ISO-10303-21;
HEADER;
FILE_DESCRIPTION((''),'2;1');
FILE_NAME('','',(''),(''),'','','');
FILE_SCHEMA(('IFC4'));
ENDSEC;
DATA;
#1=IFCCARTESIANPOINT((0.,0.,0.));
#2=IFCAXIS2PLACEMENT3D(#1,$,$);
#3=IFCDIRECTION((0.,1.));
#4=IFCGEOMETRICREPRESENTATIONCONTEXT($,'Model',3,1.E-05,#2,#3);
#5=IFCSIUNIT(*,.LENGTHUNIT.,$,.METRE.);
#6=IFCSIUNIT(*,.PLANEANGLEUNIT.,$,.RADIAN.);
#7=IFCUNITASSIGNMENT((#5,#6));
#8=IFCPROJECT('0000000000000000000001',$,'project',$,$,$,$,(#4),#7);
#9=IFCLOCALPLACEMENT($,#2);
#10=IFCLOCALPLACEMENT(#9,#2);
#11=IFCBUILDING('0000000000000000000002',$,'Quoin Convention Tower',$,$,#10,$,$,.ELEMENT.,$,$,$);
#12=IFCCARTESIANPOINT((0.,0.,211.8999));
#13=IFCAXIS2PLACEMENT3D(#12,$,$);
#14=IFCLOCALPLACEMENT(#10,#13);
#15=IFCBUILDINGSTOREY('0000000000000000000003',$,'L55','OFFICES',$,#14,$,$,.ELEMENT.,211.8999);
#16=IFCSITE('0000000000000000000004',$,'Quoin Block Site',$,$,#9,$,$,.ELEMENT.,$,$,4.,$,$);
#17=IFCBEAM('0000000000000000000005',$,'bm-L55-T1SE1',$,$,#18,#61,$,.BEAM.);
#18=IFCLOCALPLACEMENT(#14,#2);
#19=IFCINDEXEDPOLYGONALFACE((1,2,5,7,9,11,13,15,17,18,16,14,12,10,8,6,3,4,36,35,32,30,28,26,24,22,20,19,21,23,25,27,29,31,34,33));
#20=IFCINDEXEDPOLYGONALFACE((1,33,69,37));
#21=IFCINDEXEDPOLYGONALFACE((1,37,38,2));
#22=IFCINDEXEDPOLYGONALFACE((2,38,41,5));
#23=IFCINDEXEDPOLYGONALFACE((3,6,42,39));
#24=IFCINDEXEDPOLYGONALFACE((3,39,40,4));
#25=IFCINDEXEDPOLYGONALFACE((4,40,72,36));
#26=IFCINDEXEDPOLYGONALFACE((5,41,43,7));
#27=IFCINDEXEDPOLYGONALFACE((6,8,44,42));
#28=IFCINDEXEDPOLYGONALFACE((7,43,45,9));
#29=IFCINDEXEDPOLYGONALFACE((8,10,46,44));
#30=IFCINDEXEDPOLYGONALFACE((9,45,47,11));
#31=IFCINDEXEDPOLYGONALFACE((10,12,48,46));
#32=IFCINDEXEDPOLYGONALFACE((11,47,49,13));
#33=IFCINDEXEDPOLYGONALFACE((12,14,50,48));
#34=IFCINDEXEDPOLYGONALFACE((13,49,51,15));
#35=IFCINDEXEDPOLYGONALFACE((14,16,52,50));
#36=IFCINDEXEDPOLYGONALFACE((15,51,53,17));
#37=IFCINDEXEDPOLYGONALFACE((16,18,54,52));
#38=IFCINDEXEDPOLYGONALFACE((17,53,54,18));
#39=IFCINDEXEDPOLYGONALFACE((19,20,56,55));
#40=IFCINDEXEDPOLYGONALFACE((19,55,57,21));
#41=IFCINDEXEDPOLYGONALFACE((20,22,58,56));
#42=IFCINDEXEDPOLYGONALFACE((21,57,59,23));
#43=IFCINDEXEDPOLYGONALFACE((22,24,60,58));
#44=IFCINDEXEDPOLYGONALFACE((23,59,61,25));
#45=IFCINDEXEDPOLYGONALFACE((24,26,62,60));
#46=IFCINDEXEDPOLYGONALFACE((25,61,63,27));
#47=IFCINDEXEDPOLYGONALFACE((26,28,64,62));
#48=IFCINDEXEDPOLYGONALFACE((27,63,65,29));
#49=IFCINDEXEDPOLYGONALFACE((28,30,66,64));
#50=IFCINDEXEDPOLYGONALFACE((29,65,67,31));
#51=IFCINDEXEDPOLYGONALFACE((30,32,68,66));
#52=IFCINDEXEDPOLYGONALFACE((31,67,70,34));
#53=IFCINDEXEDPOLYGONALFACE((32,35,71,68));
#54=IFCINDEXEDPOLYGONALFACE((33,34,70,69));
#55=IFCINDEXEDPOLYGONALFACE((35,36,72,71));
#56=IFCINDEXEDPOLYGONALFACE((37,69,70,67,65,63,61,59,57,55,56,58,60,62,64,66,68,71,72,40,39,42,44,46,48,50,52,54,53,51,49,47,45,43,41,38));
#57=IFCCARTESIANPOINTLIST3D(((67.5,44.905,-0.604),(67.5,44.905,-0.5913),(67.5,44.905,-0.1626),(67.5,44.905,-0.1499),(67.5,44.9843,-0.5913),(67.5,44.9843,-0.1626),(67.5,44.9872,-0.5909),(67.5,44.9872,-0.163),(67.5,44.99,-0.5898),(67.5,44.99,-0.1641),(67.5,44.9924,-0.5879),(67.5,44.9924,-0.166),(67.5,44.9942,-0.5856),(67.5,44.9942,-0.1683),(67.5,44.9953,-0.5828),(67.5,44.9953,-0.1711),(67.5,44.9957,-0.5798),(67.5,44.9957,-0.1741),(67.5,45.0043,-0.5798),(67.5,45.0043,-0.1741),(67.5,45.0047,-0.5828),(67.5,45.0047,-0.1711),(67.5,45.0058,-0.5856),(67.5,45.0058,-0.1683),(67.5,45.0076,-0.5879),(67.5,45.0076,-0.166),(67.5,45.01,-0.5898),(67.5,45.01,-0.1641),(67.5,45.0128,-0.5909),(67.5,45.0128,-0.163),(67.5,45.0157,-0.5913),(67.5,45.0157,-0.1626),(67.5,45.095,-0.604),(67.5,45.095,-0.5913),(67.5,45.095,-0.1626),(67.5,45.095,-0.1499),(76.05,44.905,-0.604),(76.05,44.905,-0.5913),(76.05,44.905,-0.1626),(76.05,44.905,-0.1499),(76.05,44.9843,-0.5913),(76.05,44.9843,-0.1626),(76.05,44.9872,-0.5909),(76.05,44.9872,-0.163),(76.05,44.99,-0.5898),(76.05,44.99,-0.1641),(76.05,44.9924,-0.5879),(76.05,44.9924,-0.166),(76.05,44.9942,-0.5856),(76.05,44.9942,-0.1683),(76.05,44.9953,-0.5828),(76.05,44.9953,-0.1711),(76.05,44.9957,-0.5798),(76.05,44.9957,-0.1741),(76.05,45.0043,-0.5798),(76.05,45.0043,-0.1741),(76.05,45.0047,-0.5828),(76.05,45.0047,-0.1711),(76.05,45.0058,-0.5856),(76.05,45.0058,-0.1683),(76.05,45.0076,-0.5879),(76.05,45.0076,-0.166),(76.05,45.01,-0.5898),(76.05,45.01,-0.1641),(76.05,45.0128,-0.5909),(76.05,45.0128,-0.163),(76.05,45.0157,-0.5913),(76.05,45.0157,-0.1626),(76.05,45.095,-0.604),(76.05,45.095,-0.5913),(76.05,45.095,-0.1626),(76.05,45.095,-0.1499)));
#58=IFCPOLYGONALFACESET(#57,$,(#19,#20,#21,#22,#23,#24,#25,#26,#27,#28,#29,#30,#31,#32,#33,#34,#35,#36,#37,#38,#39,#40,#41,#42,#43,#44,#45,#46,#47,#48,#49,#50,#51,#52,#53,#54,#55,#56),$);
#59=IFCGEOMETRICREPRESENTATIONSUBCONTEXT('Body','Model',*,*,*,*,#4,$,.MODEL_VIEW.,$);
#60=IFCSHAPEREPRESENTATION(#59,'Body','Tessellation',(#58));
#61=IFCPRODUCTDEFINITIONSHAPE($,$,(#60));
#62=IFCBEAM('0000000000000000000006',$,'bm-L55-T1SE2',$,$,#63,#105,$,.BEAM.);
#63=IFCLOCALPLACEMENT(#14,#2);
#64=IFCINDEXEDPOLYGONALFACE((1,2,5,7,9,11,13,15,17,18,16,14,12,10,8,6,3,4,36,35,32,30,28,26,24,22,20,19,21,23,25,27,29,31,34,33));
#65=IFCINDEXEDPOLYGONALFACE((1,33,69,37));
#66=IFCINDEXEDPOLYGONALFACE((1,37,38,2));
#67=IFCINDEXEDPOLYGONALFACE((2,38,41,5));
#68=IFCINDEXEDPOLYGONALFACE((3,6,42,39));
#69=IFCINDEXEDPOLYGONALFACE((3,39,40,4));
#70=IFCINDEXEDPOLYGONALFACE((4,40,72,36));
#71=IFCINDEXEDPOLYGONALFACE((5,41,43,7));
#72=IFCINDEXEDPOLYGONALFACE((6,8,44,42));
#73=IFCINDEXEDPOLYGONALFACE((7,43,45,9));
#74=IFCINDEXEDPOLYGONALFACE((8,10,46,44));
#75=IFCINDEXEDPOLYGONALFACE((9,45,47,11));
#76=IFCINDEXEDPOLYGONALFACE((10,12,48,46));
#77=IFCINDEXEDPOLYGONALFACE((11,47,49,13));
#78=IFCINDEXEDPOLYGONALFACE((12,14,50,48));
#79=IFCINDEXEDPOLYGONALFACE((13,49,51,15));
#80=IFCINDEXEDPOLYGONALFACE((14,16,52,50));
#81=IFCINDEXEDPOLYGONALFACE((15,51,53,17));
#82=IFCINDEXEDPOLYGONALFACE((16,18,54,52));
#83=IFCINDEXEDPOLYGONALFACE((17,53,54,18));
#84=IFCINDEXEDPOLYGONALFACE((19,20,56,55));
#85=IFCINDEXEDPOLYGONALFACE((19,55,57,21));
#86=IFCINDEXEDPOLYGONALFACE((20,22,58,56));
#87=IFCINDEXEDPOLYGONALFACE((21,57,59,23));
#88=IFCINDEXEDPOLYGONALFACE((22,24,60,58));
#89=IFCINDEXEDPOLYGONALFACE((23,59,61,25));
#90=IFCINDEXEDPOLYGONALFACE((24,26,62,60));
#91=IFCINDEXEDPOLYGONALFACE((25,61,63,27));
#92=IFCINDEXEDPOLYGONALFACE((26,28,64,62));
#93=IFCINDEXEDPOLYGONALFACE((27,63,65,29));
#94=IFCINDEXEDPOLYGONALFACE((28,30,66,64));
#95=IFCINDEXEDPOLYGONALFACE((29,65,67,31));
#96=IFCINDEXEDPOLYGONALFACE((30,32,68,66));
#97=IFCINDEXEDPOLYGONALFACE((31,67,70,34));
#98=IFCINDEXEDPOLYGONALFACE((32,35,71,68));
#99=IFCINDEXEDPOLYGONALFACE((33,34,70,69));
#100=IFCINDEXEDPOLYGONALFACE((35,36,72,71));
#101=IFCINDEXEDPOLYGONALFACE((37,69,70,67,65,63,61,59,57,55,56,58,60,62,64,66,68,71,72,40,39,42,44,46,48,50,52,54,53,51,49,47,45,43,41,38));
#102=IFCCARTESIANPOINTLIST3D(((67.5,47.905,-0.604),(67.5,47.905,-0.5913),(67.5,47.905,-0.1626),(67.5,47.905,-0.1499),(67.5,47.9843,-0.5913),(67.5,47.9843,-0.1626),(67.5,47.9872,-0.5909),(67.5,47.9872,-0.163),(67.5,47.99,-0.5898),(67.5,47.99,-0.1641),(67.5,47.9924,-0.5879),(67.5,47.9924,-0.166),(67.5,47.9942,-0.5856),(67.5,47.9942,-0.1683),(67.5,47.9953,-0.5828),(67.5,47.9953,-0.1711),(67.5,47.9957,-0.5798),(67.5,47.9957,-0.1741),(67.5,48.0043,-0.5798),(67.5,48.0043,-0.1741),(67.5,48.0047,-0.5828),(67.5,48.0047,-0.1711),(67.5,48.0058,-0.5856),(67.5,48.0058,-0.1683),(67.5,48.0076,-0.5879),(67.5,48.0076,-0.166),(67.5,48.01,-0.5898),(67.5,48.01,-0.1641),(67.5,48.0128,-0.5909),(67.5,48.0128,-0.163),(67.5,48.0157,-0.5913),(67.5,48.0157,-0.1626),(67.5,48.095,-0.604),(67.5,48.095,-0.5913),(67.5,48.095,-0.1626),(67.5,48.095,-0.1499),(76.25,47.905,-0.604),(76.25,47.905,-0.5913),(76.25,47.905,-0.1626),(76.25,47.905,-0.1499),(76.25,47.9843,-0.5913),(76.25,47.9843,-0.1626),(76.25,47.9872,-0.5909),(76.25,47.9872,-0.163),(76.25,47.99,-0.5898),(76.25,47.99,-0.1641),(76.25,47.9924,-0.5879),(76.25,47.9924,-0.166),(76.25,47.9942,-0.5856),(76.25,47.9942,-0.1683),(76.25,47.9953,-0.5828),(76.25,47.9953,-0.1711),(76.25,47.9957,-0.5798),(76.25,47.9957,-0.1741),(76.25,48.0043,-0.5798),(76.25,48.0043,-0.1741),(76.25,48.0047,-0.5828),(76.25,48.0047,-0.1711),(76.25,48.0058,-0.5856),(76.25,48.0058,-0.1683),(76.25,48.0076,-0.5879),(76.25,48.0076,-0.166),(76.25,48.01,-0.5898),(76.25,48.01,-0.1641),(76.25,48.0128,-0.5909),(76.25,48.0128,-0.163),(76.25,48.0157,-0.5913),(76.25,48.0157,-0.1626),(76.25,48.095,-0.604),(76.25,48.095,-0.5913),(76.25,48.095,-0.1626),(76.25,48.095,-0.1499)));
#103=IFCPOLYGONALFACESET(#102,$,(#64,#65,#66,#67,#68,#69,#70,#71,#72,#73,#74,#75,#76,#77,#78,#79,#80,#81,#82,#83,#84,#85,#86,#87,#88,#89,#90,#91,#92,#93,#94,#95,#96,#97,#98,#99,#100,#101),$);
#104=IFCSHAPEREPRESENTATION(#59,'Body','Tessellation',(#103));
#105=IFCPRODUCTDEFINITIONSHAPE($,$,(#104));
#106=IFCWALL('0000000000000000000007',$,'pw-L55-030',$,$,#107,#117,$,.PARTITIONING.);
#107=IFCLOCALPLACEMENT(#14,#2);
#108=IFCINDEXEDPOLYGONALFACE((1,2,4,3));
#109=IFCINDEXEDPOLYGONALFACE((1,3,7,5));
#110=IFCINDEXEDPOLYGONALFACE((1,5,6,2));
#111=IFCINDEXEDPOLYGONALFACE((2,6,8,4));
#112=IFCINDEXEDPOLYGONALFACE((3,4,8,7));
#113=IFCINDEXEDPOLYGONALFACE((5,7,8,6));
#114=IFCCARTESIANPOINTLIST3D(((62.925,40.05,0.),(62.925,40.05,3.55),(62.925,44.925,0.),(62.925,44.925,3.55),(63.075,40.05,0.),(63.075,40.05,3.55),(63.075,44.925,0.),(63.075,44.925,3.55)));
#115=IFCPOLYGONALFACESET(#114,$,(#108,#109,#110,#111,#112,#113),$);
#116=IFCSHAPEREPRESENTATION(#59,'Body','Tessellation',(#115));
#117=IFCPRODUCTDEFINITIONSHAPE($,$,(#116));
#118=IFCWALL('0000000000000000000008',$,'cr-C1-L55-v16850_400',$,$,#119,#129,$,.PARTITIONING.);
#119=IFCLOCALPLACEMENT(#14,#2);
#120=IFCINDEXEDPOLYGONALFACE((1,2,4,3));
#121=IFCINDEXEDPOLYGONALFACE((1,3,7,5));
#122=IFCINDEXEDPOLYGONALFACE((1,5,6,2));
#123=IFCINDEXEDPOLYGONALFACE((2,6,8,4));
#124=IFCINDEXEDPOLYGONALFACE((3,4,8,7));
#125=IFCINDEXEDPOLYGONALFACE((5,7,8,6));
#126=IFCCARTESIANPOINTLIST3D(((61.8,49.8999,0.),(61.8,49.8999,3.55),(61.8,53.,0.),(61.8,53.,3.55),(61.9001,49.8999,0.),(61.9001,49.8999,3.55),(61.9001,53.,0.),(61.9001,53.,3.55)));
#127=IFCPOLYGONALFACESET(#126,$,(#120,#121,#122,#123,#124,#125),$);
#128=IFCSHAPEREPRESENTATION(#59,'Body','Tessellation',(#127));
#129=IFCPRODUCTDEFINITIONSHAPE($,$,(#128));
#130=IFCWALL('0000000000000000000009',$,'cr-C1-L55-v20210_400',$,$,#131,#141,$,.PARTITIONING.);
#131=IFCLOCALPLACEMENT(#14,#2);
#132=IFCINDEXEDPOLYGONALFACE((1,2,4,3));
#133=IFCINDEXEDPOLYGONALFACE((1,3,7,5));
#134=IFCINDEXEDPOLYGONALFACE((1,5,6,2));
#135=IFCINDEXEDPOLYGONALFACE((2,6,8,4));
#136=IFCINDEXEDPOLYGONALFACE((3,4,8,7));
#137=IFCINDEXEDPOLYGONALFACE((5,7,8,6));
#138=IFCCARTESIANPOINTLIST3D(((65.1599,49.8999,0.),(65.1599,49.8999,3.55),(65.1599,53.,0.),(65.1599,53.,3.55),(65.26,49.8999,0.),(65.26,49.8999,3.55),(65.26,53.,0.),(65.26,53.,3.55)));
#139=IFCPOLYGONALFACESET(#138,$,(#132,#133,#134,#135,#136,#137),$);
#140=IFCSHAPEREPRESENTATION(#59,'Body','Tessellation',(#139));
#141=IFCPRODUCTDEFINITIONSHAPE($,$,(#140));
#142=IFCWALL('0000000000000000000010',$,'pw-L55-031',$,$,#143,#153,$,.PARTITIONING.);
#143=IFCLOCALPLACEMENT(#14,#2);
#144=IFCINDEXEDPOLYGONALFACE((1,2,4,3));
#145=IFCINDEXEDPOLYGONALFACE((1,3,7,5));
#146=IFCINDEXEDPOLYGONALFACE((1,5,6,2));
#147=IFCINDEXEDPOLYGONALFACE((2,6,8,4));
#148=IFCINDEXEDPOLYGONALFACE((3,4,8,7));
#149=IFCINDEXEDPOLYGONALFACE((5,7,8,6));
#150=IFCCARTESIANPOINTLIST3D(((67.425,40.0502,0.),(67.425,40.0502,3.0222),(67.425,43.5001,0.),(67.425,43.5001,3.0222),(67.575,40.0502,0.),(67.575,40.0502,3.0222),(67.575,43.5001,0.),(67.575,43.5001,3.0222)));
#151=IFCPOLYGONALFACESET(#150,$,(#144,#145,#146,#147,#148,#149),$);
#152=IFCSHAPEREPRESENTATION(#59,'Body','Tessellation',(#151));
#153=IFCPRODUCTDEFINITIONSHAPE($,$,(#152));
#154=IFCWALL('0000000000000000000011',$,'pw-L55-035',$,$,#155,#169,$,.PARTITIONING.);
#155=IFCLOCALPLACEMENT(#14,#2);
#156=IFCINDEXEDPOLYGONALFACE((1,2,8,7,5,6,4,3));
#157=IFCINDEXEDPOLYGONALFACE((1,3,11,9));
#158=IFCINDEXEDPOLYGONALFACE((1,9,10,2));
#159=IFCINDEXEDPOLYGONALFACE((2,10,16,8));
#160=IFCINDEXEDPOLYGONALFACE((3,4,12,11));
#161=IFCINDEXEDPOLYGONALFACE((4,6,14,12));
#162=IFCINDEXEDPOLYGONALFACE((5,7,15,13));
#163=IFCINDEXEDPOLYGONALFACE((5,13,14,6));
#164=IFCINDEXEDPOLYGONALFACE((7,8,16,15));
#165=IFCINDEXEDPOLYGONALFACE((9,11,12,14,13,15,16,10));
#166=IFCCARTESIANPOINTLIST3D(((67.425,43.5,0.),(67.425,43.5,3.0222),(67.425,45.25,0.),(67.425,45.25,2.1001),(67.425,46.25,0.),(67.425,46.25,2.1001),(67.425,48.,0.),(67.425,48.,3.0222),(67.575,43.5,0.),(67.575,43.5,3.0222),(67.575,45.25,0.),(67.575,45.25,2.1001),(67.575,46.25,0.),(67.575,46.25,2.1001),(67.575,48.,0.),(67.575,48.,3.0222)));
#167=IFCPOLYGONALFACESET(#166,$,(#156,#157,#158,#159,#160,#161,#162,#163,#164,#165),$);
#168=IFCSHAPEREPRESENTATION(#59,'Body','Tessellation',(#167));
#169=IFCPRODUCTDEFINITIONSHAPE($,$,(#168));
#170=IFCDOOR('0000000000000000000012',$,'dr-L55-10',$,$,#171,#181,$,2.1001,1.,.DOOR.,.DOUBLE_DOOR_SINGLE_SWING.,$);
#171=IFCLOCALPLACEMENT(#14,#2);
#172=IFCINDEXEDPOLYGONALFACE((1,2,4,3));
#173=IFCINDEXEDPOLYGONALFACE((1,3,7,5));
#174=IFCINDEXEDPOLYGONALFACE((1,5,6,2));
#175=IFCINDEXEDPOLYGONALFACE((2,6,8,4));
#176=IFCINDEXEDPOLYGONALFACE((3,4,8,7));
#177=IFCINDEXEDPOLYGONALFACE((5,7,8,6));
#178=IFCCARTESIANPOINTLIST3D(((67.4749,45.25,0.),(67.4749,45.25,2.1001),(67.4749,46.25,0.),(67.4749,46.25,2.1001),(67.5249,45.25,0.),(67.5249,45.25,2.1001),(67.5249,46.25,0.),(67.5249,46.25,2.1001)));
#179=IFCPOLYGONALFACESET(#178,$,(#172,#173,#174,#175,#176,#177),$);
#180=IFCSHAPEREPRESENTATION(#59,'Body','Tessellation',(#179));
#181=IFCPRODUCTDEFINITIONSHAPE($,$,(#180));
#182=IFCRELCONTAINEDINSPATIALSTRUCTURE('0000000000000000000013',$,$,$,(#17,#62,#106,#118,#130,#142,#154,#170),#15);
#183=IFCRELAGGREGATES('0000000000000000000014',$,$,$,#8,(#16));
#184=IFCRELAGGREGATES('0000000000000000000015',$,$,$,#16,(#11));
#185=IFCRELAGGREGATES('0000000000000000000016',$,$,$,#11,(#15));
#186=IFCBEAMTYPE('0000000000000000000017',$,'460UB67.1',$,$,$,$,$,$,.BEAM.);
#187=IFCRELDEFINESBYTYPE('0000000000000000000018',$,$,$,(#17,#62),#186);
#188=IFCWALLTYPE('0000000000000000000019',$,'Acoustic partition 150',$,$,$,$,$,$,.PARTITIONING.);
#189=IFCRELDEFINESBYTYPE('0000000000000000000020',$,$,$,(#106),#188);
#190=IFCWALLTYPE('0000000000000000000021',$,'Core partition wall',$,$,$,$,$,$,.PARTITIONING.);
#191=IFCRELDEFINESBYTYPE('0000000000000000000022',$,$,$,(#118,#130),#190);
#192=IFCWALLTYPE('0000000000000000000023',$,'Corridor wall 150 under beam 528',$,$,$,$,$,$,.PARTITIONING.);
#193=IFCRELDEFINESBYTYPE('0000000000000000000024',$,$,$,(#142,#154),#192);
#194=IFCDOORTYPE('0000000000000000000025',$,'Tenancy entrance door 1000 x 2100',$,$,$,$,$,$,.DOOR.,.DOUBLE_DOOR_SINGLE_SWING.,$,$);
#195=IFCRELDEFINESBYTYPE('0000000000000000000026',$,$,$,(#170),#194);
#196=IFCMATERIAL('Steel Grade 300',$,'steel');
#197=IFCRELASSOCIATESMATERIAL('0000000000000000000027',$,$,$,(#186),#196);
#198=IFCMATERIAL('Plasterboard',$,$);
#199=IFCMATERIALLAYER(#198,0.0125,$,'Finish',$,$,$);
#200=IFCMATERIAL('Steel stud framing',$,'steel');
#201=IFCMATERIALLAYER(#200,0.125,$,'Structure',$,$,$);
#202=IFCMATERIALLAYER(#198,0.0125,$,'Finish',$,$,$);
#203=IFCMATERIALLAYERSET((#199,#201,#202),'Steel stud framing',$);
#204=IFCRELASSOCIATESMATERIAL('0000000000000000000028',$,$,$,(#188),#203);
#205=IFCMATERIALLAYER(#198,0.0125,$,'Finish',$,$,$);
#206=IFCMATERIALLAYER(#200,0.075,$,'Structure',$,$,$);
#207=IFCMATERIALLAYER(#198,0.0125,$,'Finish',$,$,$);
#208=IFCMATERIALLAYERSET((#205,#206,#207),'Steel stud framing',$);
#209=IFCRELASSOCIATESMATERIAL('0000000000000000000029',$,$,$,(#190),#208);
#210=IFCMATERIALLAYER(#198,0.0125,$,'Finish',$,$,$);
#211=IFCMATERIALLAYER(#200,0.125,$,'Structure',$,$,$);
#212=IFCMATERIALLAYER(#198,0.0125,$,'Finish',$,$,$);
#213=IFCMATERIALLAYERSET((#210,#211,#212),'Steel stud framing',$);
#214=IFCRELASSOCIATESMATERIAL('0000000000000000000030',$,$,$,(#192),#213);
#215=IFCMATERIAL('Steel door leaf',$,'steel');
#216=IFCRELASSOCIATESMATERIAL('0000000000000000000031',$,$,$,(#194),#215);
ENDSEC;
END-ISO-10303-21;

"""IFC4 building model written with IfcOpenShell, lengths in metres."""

from ifc_helpers import new_model, si_unit, direction, frame, frame_2d, origin, origin_2d, place, context, subcontext, project, spatial, rectangle, i_section, extrude, material, layer, layer_set, material_profile, profile_set, type_object, element, fill, save


model = new_model("IFC4")

# Units and contexts
model_context = context("Model", 3, precision=1e-05, world=origin(), true_north=direction((0.0, 1.0)))
body_context = subcontext(model_context, "Body", "Model", "MODEL_VIEW")
ifc_project = project(units=[si_unit("LENGTHUNIT", "METRE"), si_unit("PLANEANGLEUNIT", "RADIAN")], contexts=[model_context])

# Site, building, storey
site_placement = place(None, origin())
site = spatial("IfcSite", under=ifc_project, at=site_placement, Name="Quoin Block Site", CompositionType="ELEMENT", RefElevation=4.0)
building_placement = place(site_placement, origin())
building = spatial("IfcBuilding", under=site, at=building_placement, Name="Quoin Convention Tower", CompositionType="ELEMENT")
storey_placement = place(building_placement, frame((0.0, 0.0, 211.8999)))
storey = spatial("IfcBuildingStorey", under=building, at=storey_placement, Name="L55", Description="OFFICES", CompositionType="ELEMENT", Elevation=211.8999)

# Beams
ifc_material_1 = material(Name="Steel Grade 300", Category="steel")
ifc_material_profile_1 = material_profile(ifc_material_1, i_section(OverallWidth=0.1899, OverallDepth=0.4541, WebThickness=0.0085, FlangeThickness=0.0127, FilletRadius=0.0115, at=origin_2d()), Name="460UB67.1")
ifc_profile_set_1 = profile_set([ifc_material_profile_1], Name="Steel Grade 300")
beam_type = type_object("IfcBeamType", Name="460UB67.1", PredefinedType="BEAM", material=ifc_profile_set_1)
beam_1_placement = place(storey_placement, frame((67.5, 45.0, -0.377), z_axis=(1.0, 0.0, 0.0), x_axis=(0.0, 1.0, 0.0)))
element("IfcBeam", 1, at=beam_1_placement, inside=storey, type_object=beam_type, Name="bm-L55-T1SE1", PredefinedType="BEAM", context=body_context, shape_type="SweptSolid", body=[
    extrude(i_section(OverallWidth=0.1899, OverallDepth=0.4541, WebThickness=0.0085, FlangeThickness=0.0127, FilletRadius=0.0115, at=origin_2d()), origin(), (0.0, 0.0, 1.0), 8.55),
])
beam_2_placement = place(storey_placement, frame((67.5, 48.0, -0.377), z_axis=(1.0, 0.0, 0.0), x_axis=(0.0, 1.0, 0.0)))
element("IfcBeam", 2, at=beam_2_placement, inside=storey, type_object=beam_type, Name="bm-L55-T1SE2", PredefinedType="BEAM", context=body_context, shape_type="SweptSolid", body=[
    extrude(i_section(OverallWidth=0.1899, OverallDepth=0.4541, WebThickness=0.0085, FlangeThickness=0.0127, FilletRadius=0.0115, at=origin_2d()), origin(), (0.0, 0.0, 1.0), 8.75),
])

# Walls
ifc_material_2 = material(Name="Plasterboard")
ifc_layer_1 = layer(ifc_material_2, 0.0125, Name="Finish")
ifc_material_3 = material(Name="Steel stud framing", Category="steel")
ifc_layer_2 = layer(ifc_material_3, 0.125, Name="Structure")
ifc_layer_3 = layer(ifc_material_2, 0.0125, Name="Finish")
ifc_layer_set_1 = layer_set([ifc_layer_1, ifc_layer_2, ifc_layer_3], Name="Steel stud framing")
wall_type_1 = type_object("IfcWallType", Name="Acoustic partition 150", PredefinedType="PARTITIONING", material=ifc_layer_set_1)
wall_1_placement = place(storey_placement, frame((63.0, 40.05, 0.0), z_axis=(0.0, 0.0, 1.0), x_axis=(0.0, 1.0, 0.0)))
element("IfcWall", 3, at=wall_1_placement, inside=storey, type_object=wall_type_1, Name="pw-L55-030", PredefinedType="PARTITIONING", context=body_context, shape_type="SweptSolid", body=[
    extrude(rectangle(XDim=4.875, YDim=0.1499, at=frame_2d((2.4375, 0.0))), origin(), (0.0, 0.0, 1.0), 3.55),
])
ifc_layer_4 = layer(ifc_material_2, 0.0125, Name="Finish")
ifc_layer_5 = layer(ifc_material_3, 0.075, Name="Structure")
ifc_layer_6 = layer(ifc_material_2, 0.0125, Name="Finish")
ifc_layer_set_2 = layer_set([ifc_layer_4, ifc_layer_5, ifc_layer_6], Name="Steel stud framing")
wall_type_2 = type_object("IfcWallType", Name="Core partition wall", PredefinedType="PARTITIONING", material=ifc_layer_set_2)
for number, where, z_axis, x_axis, name in (
    (4, (61.8501, 49.8999, 0.0), (0.0, 0.0, 1.0), (0.0, 1.0, 0.0), "cr-C1-L55-v16850_400"),
    (5, (65.21, 49.8999, 0.0), (0.0, 0.0, 1.0), (0.0, 1.0, 0.0), "cr-C1-L55-v20210_400"),
):
    element("IfcWall", number, at=place(storey_placement, frame(where, z_axis=z_axis, x_axis=x_axis)), inside=storey, type_object=wall_type_2, Name=name, PredefinedType="PARTITIONING", context=body_context, shape_type="SweptSolid", body=[
        extrude(rectangle(XDim=3.1001, YDim=0.1001, at=frame_2d((1.55, 0.0))), origin(), (0.0, 0.0, 1.0), 3.55),
    ])
ifc_layer_7 = layer(ifc_material_2, 0.0125, Name="Finish")
ifc_layer_8 = layer(ifc_material_3, 0.125, Name="Structure")
ifc_layer_9 = layer(ifc_material_2, 0.0125, Name="Finish")
ifc_layer_set_3 = layer_set([ifc_layer_7, ifc_layer_8, ifc_layer_9], Name="Steel stud framing")
wall_type_3 = type_object("IfcWallType", Name="Corridor wall 150 under beam 528", PredefinedType="PARTITIONING", material=ifc_layer_set_3)
wall_2_placement = place(storey_placement, frame((67.5, 40.05, 0.0), z_axis=(0.0, 0.0, 1.0), x_axis=(0.0, 1.0, 0.0)))
element("IfcWall", 6, at=wall_2_placement, inside=storey, type_object=wall_type_3, Name="pw-L55-031", PredefinedType="PARTITIONING", context=body_context, shape_type="SweptSolid", body=[
    extrude(rectangle(XDim=3.45, YDim=0.1499, at=frame_2d((1.7251, 0.0))), origin(), (0.0, 0.0, 1.0), 3.0222),
])

# Wall, opening, door
wall_3_placement = place(storey_placement, frame((67.5, 43.5, 0.0), z_axis=(0.0, 0.0, 1.0), x_axis=(0.0, 1.0, 0.0)))
wall_3 = element("IfcWall", 7, at=wall_3_placement, inside=storey, type_object=wall_type_3, Name="pw-L55-035", PredefinedType="PARTITIONING", context=body_context, shape_type="SweptSolid", body=[
    extrude(rectangle(XDim=4.5, YDim=0.1499, at=frame_2d((2.25, 0.0))), origin(), (0.0, 0.0, 1.0), 3.0222),
])
opening_1_placement = place(wall_3_placement, frame((1.75, 0.0, 0.0)))
opening_1 = element("IfcOpeningElement", 8, at=opening_1_placement, cuts=wall_3, PredefinedType="OPENING", context=body_context, shape_type="SweptSolid", body=[
    extrude(rectangle(XDim=1.0, YDim=2.1001, at=frame_2d((0.5, 1.05))), frame((0.0, 0.085, 0.0), z_axis=(0.0, -1.0, 0.0), x_axis=(1.0, 0.0, 0.0)), (0.0, 0.0, 1.0), 0.1699),
])
ifc_material_4 = material(Name="Steel door leaf", Category="steel")
door_type_1 = type_object("IfcDoorType", Name="Tenancy entrance door 1000 x 2100", OperationType="DOUBLE_DOOR_SINGLE_SWING", PredefinedType="DOOR", material=ifc_material_4)
door_1_placement = place(opening_1_placement, frame((1.0, 0.0, 0.0), z_axis=(0.0, 0.0, 1.0), x_axis=(-1.0, 0.0, 0.0)))
door_1 = element("IfcDoor", 9, at=door_1_placement, inside=storey, type_object=door_type_1, Name="dr-L55-10", OperationType="DOUBLE_DOOR_SINGLE_SWING", OverallHeight=2.1001, OverallWidth=1.0, PredefinedType="DOOR", context=body_context, shape_type="SweptSolid", body=[
    extrude(rectangle(XDim=1.0, YDim=2.1001, at=frame_2d((0.5, 1.05))), frame((0.0, 0.0249, 0.0), z_axis=(0.0, -1.0, 0.0), x_axis=(1.0, 0.0, 0.0)), (0.0, 0.0, 1.0), 0.05),
])
fill(opening_1, door_1)

save(model, "model.ifc")
